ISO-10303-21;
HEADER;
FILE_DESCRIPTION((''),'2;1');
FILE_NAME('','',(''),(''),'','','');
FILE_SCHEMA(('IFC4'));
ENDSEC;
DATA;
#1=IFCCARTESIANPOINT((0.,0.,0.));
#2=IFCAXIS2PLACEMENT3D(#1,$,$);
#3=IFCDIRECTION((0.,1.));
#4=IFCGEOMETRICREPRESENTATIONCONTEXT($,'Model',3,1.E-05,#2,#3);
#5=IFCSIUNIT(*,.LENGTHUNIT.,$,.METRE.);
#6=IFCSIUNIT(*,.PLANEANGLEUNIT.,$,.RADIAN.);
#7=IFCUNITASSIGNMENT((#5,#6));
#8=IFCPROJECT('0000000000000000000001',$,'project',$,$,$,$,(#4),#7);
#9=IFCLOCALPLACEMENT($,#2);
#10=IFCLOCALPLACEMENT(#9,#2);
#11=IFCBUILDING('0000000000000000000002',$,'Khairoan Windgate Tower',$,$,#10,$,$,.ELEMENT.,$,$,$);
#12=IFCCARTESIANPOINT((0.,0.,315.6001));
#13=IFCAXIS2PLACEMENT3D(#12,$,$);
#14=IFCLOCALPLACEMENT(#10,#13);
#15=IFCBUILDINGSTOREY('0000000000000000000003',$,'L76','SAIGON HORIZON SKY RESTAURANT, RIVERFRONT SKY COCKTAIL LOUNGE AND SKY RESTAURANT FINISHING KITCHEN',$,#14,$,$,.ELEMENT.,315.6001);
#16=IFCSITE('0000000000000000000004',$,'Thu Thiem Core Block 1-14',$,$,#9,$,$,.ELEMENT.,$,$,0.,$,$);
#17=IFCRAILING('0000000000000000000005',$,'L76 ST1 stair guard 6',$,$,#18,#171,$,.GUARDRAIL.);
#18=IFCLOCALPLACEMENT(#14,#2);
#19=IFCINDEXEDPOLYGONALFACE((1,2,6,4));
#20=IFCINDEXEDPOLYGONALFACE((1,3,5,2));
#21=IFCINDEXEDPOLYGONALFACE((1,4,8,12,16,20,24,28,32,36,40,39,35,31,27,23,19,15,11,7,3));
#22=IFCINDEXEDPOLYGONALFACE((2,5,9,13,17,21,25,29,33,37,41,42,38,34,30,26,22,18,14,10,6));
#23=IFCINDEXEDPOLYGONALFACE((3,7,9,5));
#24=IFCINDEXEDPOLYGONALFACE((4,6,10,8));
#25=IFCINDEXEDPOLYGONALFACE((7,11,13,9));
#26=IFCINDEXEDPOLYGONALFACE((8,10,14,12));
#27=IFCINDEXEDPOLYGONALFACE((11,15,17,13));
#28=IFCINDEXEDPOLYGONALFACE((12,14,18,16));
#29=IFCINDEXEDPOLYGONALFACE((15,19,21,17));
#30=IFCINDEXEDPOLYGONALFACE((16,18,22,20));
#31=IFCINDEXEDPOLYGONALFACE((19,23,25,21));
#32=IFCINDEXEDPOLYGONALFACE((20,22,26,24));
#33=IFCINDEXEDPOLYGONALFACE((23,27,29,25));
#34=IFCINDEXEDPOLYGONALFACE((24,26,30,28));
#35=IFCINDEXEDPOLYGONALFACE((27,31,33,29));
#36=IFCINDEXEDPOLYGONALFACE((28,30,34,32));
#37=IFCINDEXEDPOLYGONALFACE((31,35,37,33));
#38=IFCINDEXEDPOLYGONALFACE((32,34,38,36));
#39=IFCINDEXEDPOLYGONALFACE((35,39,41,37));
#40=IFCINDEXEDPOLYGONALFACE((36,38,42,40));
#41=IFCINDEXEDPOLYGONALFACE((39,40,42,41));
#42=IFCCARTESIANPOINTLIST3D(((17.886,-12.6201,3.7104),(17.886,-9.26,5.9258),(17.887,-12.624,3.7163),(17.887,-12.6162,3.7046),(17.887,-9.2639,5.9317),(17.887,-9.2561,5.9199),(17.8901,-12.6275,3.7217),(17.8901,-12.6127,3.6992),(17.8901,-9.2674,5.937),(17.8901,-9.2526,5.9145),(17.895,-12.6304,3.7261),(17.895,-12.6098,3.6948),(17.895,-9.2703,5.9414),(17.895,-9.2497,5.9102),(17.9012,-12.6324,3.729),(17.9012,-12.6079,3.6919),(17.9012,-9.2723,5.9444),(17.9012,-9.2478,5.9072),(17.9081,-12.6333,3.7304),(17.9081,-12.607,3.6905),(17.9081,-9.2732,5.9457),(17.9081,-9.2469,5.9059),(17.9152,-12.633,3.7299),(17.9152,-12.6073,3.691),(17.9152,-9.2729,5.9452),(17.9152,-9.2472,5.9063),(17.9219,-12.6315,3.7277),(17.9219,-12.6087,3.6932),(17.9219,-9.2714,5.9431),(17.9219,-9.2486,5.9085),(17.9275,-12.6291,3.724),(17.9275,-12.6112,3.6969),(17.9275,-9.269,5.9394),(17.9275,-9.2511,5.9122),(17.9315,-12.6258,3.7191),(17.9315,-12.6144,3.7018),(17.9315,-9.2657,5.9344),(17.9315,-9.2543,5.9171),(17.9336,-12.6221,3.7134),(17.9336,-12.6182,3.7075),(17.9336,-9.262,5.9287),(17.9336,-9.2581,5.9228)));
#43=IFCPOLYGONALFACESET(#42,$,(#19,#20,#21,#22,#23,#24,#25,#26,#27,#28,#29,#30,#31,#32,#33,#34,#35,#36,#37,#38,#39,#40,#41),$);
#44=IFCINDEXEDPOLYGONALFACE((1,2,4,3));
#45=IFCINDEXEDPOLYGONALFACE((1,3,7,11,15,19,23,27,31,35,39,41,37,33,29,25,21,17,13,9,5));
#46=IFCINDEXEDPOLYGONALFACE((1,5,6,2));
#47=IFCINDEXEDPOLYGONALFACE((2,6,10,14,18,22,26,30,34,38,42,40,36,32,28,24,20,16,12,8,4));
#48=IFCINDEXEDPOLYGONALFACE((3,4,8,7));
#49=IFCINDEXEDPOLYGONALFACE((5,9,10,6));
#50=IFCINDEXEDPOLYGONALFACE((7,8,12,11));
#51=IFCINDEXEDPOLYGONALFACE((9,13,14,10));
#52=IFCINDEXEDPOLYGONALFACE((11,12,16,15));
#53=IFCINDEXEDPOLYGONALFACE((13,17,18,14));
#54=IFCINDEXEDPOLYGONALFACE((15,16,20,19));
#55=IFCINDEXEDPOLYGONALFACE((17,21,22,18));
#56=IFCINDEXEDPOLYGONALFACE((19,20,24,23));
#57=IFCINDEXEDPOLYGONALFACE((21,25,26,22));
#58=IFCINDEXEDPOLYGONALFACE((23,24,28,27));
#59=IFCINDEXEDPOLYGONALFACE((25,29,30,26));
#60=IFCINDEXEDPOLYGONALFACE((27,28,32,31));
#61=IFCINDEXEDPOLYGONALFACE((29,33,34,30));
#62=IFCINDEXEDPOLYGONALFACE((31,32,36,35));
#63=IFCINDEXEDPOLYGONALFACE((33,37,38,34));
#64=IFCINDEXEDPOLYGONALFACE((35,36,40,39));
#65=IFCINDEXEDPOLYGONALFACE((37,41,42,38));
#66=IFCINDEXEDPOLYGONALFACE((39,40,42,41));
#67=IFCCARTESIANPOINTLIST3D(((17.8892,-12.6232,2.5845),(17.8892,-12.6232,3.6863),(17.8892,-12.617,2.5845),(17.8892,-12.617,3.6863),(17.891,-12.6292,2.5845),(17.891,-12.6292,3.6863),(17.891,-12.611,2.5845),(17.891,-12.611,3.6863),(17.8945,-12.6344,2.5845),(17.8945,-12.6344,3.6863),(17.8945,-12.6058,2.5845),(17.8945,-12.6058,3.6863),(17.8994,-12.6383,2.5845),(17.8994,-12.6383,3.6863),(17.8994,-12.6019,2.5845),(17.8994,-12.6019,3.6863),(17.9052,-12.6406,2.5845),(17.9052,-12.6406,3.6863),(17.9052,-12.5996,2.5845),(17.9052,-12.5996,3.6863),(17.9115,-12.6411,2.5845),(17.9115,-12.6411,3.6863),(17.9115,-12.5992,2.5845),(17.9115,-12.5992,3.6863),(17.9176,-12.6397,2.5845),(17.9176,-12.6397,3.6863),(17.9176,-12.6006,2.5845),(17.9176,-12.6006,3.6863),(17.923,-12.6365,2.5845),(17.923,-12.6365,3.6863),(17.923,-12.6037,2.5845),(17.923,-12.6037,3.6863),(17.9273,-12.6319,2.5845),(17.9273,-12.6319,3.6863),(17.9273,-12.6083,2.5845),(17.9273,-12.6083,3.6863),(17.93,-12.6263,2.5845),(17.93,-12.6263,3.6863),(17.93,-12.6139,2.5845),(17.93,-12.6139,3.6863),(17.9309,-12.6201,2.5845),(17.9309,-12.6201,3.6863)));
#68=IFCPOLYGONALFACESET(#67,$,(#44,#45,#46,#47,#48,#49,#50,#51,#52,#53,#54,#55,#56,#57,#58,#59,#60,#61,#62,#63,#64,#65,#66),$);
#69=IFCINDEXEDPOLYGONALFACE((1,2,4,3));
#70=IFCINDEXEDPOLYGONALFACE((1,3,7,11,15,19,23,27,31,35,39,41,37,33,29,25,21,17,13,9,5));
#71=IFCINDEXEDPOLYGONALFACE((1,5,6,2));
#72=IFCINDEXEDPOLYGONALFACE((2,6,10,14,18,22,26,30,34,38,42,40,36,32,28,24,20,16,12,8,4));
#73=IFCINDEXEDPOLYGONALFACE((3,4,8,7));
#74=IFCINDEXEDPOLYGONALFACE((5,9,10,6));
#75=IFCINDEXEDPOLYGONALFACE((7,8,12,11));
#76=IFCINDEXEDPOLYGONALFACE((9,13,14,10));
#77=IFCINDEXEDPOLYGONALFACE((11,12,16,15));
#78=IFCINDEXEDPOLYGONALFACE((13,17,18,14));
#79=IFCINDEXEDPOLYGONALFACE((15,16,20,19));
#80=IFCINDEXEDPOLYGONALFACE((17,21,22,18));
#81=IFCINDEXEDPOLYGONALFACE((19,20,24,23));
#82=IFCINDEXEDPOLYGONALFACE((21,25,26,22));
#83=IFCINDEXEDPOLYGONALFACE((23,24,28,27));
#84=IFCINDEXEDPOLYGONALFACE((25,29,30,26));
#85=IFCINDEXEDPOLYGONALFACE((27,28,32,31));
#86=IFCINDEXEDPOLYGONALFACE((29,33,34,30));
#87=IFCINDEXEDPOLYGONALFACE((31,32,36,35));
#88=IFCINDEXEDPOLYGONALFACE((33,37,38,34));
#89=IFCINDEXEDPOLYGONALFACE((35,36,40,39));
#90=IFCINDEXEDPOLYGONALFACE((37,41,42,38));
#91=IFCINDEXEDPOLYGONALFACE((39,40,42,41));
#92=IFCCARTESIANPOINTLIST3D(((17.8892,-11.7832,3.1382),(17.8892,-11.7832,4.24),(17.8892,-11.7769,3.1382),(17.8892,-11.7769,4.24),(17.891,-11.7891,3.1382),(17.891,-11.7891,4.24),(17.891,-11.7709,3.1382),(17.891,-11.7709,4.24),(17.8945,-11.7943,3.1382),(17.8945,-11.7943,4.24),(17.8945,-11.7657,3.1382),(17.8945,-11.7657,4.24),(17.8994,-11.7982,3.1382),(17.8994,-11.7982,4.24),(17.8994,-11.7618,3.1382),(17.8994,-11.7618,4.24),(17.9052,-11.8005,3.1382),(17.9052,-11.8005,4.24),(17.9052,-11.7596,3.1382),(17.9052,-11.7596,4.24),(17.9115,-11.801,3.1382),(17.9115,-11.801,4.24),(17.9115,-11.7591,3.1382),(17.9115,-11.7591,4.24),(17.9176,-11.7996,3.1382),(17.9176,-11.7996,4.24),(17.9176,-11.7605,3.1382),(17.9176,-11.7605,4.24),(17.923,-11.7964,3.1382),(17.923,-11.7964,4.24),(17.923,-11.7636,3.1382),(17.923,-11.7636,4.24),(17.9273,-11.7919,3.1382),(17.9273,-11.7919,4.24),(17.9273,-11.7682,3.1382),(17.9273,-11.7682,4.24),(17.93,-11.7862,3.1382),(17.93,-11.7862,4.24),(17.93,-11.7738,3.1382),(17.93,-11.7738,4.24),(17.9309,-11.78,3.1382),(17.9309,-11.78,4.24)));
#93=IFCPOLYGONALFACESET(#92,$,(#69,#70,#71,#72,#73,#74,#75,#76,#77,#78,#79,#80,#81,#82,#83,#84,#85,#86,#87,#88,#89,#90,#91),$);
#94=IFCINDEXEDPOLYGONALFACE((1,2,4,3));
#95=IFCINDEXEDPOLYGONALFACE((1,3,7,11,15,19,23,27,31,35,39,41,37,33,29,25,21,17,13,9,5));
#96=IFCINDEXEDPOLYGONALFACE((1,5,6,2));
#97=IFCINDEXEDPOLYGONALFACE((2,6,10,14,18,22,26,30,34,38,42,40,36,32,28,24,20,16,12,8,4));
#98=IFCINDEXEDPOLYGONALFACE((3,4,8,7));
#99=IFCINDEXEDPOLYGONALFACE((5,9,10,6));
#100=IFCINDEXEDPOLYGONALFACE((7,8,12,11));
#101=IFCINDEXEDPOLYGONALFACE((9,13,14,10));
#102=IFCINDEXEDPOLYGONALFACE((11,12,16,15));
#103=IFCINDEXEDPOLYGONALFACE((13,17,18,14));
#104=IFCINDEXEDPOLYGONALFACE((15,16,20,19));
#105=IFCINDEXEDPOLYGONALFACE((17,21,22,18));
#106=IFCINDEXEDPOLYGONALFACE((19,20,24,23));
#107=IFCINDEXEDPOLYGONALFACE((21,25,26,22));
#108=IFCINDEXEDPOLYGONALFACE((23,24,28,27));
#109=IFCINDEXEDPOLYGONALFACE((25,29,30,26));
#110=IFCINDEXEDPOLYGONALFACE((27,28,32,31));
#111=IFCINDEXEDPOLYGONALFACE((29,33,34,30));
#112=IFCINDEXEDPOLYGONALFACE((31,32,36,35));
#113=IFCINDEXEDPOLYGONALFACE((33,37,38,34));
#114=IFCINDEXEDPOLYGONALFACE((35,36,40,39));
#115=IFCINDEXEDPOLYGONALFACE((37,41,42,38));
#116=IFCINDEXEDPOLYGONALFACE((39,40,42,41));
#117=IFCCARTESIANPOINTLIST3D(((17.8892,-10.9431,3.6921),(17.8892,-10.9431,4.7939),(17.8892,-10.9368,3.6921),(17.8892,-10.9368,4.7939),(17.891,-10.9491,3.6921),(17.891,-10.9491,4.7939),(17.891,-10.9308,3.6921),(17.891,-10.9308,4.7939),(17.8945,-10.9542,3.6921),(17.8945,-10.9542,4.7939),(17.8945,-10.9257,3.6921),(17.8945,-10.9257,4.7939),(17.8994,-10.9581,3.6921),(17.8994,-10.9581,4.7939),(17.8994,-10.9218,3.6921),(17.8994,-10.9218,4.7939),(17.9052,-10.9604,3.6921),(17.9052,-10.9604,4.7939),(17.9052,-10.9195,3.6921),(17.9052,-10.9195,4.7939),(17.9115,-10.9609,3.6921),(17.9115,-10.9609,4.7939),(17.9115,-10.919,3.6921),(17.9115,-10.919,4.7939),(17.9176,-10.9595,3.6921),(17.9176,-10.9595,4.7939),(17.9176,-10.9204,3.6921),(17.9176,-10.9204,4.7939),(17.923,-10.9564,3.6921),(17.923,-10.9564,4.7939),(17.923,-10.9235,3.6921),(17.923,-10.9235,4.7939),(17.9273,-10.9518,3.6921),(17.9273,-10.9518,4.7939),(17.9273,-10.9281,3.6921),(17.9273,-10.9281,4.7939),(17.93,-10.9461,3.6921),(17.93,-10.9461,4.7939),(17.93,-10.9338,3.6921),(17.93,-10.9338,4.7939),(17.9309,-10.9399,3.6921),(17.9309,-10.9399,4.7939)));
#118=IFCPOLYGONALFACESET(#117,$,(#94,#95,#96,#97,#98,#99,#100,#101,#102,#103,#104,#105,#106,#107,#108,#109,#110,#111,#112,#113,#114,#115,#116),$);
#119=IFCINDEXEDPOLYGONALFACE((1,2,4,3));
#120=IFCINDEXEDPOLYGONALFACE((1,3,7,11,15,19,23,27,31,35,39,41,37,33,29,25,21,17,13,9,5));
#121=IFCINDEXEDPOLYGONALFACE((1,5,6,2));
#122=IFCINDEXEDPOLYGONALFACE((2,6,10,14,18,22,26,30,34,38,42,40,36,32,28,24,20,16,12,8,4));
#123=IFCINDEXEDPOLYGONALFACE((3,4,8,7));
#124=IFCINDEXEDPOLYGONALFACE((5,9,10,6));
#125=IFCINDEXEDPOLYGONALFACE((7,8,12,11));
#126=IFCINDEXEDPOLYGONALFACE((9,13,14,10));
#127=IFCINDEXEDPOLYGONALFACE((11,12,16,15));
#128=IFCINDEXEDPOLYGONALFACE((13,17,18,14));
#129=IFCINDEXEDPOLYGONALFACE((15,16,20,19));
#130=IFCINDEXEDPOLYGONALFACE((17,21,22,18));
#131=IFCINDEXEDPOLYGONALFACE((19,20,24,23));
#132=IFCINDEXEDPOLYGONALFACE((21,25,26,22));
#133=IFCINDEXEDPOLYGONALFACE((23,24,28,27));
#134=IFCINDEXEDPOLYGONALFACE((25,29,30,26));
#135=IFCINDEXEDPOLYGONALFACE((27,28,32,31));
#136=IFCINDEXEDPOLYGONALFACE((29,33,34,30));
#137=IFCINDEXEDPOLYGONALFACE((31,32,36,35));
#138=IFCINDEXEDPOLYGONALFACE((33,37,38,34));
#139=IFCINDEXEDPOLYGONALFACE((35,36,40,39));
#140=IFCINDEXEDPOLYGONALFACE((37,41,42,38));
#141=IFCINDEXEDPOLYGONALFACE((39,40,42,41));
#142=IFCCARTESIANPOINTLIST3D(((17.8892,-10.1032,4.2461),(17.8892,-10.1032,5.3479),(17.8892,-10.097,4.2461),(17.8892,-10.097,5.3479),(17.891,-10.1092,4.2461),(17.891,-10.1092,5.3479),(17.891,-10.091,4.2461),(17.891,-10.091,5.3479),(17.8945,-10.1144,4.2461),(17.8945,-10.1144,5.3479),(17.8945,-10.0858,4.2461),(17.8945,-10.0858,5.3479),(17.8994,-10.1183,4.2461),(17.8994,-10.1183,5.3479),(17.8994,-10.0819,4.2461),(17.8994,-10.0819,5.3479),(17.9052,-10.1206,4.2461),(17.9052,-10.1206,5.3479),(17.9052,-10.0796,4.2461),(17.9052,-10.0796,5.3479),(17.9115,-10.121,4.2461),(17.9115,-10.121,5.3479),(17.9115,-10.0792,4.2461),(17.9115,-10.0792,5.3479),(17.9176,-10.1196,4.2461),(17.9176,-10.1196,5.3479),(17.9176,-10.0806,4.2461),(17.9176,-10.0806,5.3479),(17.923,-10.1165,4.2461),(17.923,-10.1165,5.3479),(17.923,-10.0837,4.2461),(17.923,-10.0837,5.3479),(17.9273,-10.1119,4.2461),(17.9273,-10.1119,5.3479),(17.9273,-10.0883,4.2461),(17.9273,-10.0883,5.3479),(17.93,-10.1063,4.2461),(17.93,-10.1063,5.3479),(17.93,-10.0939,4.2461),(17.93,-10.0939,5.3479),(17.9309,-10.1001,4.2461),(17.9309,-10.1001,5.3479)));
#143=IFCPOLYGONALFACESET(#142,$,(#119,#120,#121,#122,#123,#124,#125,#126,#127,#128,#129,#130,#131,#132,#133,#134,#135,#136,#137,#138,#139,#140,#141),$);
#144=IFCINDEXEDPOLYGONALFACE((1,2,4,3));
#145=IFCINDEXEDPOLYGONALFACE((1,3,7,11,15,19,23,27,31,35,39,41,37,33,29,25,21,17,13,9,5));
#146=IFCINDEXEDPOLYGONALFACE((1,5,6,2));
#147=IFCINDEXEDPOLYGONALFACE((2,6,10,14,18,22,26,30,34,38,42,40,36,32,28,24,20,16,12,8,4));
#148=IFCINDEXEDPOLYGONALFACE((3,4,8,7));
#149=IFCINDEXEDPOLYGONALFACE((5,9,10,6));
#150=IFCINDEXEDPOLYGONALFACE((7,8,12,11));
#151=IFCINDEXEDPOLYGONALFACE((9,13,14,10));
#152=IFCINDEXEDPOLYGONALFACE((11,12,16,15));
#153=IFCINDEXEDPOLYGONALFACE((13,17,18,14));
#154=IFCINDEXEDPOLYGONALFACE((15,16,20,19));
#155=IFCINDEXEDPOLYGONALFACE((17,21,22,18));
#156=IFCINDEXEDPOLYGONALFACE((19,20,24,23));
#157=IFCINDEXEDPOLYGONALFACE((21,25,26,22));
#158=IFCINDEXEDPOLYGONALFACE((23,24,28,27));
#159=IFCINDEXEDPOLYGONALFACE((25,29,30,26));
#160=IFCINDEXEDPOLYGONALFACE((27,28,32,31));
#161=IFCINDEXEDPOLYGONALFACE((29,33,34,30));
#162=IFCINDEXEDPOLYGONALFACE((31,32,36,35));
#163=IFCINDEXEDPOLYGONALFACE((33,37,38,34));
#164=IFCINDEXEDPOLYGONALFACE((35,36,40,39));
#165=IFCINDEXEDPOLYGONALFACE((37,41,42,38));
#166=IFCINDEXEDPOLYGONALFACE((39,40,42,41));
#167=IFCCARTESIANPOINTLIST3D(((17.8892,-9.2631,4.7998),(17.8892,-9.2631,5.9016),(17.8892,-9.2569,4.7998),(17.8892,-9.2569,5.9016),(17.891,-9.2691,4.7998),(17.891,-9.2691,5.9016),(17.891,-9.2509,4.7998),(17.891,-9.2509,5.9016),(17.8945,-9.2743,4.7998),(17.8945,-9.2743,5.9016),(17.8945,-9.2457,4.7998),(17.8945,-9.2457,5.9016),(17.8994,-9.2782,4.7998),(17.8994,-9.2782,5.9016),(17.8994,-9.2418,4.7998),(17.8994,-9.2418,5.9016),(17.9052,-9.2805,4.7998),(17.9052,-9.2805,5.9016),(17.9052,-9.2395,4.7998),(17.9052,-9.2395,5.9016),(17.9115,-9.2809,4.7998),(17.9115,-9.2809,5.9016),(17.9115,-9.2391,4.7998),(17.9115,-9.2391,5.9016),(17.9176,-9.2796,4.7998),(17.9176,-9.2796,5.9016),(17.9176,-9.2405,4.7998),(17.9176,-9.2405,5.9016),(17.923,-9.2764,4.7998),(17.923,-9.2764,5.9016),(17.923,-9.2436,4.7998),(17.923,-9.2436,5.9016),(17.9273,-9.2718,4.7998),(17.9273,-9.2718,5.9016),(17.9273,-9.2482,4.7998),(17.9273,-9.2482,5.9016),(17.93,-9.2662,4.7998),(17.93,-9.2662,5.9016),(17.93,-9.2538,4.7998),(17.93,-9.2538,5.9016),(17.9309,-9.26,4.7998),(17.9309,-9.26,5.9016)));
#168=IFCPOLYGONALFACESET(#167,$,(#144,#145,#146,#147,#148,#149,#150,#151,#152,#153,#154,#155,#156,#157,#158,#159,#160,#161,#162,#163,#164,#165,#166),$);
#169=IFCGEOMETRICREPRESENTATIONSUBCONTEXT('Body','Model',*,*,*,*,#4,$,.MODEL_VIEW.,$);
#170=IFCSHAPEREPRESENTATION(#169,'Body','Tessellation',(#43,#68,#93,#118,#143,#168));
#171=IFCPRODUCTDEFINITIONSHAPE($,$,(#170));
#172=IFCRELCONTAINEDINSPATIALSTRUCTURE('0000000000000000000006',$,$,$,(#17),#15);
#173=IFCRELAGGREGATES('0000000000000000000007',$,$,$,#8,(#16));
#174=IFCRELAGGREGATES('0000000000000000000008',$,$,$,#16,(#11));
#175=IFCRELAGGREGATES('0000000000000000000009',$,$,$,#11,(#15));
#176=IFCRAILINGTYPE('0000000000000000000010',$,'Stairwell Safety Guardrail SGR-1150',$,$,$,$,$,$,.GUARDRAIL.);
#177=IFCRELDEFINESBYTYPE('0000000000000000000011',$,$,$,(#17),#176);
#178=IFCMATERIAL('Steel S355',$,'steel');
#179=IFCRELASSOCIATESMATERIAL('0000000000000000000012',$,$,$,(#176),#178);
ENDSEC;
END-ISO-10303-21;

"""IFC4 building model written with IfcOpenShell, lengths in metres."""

from ifc_helpers import new_model, si_unit, direction, frame, origin, origin_2d, place, context, subcontext, project, spatial, circle, extrude, material, type_object, element, save


model = new_model("IFC4")

# Units and contexts
model_context = context("Model", 3, precision=1e-05, world=origin(), true_north=direction((0.0, 1.0)))
body_context = subcontext(model_context, "Body", "Model", "MODEL_VIEW")
ifc_project = project(units=[si_unit("LENGTHUNIT", "METRE"), si_unit("PLANEANGLEUNIT", "RADIAN")], contexts=[model_context])

# Site, building, storey
site_placement = place(None, origin())
site = spatial("IfcSite", under=ifc_project, at=site_placement, Name="Thu Thiem Core Block 1-14", CompositionType="ELEMENT", RefElevation=0.0)
building_placement = place(site_placement, origin())
building = spatial("IfcBuilding", under=site, at=building_placement, Name="Khairoan Windgate Tower", CompositionType="ELEMENT")
storey_placement = place(building_placement, frame((0.0, 0.0, 315.6001)))
storey = spatial("IfcBuildingStorey", under=building, at=storey_placement, Name="L76", Description="SAIGON HORIZON SKY RESTAURANT, RIVERFRONT SKY COCKTAIL LOUNGE AND SKY RESTAURANT FINISHING KITCHEN", CompositionType="ELEMENT", Elevation=315.6001)

# Railing
ifc_material_1 = material(Name="Steel S355", Category="steel")
railing_type_1 = type_object("IfcRailingType", Name="Stairwell Safety Guardrail SGR-1150", PredefinedType="GUARDRAIL", material=ifc_material_1)
railing_1_placement = place(storey_placement, frame((17.9099, -12.6201, 2.5845)))
element("IfcRailing", 1, at=railing_1_placement, inside=storey, type_object=railing_type_1, Name="L76 ST1 stair guard 6", PredefinedType="GUARDRAIL", context=body_context, shape_type="SweptSolid", body=[
    extrude(circle(Radius=0.0239, at=origin_2d()), frame((0.0, 0.0, 1.126), z_axis=(0.0, 0.834876, 0.550437), x_axis=(-1.0, 0.0, 0.0)), (0.0, 0.0, 1.0), 4.0247),
    extrude(circle(Radius=0.021, at=origin_2d()), origin(), (0.0, 0.0, 1.0), 1.1018),
    extrude(circle(Radius=0.021, at=origin_2d()), frame((0.0, 0.8401, 0.5537)), (0.0, 0.0, 1.0), 1.1018),
    extrude(circle(Radius=0.021, at=origin_2d()), frame((0.0, 1.6802, 1.1077)), (0.0, 0.0, 1.0), 1.1018),
    extrude(circle(Radius=0.021, at=origin_2d()), frame((0.0, 2.52, 1.6616)), (0.0, 0.0, 1.0), 1.1018),
    extrude(circle(Radius=0.021, at=origin_2d()), frame((0.0, 3.3601, 2.2153)), (0.0, 0.0, 1.0), 1.1018),
])

save(model, "model.ifc")
